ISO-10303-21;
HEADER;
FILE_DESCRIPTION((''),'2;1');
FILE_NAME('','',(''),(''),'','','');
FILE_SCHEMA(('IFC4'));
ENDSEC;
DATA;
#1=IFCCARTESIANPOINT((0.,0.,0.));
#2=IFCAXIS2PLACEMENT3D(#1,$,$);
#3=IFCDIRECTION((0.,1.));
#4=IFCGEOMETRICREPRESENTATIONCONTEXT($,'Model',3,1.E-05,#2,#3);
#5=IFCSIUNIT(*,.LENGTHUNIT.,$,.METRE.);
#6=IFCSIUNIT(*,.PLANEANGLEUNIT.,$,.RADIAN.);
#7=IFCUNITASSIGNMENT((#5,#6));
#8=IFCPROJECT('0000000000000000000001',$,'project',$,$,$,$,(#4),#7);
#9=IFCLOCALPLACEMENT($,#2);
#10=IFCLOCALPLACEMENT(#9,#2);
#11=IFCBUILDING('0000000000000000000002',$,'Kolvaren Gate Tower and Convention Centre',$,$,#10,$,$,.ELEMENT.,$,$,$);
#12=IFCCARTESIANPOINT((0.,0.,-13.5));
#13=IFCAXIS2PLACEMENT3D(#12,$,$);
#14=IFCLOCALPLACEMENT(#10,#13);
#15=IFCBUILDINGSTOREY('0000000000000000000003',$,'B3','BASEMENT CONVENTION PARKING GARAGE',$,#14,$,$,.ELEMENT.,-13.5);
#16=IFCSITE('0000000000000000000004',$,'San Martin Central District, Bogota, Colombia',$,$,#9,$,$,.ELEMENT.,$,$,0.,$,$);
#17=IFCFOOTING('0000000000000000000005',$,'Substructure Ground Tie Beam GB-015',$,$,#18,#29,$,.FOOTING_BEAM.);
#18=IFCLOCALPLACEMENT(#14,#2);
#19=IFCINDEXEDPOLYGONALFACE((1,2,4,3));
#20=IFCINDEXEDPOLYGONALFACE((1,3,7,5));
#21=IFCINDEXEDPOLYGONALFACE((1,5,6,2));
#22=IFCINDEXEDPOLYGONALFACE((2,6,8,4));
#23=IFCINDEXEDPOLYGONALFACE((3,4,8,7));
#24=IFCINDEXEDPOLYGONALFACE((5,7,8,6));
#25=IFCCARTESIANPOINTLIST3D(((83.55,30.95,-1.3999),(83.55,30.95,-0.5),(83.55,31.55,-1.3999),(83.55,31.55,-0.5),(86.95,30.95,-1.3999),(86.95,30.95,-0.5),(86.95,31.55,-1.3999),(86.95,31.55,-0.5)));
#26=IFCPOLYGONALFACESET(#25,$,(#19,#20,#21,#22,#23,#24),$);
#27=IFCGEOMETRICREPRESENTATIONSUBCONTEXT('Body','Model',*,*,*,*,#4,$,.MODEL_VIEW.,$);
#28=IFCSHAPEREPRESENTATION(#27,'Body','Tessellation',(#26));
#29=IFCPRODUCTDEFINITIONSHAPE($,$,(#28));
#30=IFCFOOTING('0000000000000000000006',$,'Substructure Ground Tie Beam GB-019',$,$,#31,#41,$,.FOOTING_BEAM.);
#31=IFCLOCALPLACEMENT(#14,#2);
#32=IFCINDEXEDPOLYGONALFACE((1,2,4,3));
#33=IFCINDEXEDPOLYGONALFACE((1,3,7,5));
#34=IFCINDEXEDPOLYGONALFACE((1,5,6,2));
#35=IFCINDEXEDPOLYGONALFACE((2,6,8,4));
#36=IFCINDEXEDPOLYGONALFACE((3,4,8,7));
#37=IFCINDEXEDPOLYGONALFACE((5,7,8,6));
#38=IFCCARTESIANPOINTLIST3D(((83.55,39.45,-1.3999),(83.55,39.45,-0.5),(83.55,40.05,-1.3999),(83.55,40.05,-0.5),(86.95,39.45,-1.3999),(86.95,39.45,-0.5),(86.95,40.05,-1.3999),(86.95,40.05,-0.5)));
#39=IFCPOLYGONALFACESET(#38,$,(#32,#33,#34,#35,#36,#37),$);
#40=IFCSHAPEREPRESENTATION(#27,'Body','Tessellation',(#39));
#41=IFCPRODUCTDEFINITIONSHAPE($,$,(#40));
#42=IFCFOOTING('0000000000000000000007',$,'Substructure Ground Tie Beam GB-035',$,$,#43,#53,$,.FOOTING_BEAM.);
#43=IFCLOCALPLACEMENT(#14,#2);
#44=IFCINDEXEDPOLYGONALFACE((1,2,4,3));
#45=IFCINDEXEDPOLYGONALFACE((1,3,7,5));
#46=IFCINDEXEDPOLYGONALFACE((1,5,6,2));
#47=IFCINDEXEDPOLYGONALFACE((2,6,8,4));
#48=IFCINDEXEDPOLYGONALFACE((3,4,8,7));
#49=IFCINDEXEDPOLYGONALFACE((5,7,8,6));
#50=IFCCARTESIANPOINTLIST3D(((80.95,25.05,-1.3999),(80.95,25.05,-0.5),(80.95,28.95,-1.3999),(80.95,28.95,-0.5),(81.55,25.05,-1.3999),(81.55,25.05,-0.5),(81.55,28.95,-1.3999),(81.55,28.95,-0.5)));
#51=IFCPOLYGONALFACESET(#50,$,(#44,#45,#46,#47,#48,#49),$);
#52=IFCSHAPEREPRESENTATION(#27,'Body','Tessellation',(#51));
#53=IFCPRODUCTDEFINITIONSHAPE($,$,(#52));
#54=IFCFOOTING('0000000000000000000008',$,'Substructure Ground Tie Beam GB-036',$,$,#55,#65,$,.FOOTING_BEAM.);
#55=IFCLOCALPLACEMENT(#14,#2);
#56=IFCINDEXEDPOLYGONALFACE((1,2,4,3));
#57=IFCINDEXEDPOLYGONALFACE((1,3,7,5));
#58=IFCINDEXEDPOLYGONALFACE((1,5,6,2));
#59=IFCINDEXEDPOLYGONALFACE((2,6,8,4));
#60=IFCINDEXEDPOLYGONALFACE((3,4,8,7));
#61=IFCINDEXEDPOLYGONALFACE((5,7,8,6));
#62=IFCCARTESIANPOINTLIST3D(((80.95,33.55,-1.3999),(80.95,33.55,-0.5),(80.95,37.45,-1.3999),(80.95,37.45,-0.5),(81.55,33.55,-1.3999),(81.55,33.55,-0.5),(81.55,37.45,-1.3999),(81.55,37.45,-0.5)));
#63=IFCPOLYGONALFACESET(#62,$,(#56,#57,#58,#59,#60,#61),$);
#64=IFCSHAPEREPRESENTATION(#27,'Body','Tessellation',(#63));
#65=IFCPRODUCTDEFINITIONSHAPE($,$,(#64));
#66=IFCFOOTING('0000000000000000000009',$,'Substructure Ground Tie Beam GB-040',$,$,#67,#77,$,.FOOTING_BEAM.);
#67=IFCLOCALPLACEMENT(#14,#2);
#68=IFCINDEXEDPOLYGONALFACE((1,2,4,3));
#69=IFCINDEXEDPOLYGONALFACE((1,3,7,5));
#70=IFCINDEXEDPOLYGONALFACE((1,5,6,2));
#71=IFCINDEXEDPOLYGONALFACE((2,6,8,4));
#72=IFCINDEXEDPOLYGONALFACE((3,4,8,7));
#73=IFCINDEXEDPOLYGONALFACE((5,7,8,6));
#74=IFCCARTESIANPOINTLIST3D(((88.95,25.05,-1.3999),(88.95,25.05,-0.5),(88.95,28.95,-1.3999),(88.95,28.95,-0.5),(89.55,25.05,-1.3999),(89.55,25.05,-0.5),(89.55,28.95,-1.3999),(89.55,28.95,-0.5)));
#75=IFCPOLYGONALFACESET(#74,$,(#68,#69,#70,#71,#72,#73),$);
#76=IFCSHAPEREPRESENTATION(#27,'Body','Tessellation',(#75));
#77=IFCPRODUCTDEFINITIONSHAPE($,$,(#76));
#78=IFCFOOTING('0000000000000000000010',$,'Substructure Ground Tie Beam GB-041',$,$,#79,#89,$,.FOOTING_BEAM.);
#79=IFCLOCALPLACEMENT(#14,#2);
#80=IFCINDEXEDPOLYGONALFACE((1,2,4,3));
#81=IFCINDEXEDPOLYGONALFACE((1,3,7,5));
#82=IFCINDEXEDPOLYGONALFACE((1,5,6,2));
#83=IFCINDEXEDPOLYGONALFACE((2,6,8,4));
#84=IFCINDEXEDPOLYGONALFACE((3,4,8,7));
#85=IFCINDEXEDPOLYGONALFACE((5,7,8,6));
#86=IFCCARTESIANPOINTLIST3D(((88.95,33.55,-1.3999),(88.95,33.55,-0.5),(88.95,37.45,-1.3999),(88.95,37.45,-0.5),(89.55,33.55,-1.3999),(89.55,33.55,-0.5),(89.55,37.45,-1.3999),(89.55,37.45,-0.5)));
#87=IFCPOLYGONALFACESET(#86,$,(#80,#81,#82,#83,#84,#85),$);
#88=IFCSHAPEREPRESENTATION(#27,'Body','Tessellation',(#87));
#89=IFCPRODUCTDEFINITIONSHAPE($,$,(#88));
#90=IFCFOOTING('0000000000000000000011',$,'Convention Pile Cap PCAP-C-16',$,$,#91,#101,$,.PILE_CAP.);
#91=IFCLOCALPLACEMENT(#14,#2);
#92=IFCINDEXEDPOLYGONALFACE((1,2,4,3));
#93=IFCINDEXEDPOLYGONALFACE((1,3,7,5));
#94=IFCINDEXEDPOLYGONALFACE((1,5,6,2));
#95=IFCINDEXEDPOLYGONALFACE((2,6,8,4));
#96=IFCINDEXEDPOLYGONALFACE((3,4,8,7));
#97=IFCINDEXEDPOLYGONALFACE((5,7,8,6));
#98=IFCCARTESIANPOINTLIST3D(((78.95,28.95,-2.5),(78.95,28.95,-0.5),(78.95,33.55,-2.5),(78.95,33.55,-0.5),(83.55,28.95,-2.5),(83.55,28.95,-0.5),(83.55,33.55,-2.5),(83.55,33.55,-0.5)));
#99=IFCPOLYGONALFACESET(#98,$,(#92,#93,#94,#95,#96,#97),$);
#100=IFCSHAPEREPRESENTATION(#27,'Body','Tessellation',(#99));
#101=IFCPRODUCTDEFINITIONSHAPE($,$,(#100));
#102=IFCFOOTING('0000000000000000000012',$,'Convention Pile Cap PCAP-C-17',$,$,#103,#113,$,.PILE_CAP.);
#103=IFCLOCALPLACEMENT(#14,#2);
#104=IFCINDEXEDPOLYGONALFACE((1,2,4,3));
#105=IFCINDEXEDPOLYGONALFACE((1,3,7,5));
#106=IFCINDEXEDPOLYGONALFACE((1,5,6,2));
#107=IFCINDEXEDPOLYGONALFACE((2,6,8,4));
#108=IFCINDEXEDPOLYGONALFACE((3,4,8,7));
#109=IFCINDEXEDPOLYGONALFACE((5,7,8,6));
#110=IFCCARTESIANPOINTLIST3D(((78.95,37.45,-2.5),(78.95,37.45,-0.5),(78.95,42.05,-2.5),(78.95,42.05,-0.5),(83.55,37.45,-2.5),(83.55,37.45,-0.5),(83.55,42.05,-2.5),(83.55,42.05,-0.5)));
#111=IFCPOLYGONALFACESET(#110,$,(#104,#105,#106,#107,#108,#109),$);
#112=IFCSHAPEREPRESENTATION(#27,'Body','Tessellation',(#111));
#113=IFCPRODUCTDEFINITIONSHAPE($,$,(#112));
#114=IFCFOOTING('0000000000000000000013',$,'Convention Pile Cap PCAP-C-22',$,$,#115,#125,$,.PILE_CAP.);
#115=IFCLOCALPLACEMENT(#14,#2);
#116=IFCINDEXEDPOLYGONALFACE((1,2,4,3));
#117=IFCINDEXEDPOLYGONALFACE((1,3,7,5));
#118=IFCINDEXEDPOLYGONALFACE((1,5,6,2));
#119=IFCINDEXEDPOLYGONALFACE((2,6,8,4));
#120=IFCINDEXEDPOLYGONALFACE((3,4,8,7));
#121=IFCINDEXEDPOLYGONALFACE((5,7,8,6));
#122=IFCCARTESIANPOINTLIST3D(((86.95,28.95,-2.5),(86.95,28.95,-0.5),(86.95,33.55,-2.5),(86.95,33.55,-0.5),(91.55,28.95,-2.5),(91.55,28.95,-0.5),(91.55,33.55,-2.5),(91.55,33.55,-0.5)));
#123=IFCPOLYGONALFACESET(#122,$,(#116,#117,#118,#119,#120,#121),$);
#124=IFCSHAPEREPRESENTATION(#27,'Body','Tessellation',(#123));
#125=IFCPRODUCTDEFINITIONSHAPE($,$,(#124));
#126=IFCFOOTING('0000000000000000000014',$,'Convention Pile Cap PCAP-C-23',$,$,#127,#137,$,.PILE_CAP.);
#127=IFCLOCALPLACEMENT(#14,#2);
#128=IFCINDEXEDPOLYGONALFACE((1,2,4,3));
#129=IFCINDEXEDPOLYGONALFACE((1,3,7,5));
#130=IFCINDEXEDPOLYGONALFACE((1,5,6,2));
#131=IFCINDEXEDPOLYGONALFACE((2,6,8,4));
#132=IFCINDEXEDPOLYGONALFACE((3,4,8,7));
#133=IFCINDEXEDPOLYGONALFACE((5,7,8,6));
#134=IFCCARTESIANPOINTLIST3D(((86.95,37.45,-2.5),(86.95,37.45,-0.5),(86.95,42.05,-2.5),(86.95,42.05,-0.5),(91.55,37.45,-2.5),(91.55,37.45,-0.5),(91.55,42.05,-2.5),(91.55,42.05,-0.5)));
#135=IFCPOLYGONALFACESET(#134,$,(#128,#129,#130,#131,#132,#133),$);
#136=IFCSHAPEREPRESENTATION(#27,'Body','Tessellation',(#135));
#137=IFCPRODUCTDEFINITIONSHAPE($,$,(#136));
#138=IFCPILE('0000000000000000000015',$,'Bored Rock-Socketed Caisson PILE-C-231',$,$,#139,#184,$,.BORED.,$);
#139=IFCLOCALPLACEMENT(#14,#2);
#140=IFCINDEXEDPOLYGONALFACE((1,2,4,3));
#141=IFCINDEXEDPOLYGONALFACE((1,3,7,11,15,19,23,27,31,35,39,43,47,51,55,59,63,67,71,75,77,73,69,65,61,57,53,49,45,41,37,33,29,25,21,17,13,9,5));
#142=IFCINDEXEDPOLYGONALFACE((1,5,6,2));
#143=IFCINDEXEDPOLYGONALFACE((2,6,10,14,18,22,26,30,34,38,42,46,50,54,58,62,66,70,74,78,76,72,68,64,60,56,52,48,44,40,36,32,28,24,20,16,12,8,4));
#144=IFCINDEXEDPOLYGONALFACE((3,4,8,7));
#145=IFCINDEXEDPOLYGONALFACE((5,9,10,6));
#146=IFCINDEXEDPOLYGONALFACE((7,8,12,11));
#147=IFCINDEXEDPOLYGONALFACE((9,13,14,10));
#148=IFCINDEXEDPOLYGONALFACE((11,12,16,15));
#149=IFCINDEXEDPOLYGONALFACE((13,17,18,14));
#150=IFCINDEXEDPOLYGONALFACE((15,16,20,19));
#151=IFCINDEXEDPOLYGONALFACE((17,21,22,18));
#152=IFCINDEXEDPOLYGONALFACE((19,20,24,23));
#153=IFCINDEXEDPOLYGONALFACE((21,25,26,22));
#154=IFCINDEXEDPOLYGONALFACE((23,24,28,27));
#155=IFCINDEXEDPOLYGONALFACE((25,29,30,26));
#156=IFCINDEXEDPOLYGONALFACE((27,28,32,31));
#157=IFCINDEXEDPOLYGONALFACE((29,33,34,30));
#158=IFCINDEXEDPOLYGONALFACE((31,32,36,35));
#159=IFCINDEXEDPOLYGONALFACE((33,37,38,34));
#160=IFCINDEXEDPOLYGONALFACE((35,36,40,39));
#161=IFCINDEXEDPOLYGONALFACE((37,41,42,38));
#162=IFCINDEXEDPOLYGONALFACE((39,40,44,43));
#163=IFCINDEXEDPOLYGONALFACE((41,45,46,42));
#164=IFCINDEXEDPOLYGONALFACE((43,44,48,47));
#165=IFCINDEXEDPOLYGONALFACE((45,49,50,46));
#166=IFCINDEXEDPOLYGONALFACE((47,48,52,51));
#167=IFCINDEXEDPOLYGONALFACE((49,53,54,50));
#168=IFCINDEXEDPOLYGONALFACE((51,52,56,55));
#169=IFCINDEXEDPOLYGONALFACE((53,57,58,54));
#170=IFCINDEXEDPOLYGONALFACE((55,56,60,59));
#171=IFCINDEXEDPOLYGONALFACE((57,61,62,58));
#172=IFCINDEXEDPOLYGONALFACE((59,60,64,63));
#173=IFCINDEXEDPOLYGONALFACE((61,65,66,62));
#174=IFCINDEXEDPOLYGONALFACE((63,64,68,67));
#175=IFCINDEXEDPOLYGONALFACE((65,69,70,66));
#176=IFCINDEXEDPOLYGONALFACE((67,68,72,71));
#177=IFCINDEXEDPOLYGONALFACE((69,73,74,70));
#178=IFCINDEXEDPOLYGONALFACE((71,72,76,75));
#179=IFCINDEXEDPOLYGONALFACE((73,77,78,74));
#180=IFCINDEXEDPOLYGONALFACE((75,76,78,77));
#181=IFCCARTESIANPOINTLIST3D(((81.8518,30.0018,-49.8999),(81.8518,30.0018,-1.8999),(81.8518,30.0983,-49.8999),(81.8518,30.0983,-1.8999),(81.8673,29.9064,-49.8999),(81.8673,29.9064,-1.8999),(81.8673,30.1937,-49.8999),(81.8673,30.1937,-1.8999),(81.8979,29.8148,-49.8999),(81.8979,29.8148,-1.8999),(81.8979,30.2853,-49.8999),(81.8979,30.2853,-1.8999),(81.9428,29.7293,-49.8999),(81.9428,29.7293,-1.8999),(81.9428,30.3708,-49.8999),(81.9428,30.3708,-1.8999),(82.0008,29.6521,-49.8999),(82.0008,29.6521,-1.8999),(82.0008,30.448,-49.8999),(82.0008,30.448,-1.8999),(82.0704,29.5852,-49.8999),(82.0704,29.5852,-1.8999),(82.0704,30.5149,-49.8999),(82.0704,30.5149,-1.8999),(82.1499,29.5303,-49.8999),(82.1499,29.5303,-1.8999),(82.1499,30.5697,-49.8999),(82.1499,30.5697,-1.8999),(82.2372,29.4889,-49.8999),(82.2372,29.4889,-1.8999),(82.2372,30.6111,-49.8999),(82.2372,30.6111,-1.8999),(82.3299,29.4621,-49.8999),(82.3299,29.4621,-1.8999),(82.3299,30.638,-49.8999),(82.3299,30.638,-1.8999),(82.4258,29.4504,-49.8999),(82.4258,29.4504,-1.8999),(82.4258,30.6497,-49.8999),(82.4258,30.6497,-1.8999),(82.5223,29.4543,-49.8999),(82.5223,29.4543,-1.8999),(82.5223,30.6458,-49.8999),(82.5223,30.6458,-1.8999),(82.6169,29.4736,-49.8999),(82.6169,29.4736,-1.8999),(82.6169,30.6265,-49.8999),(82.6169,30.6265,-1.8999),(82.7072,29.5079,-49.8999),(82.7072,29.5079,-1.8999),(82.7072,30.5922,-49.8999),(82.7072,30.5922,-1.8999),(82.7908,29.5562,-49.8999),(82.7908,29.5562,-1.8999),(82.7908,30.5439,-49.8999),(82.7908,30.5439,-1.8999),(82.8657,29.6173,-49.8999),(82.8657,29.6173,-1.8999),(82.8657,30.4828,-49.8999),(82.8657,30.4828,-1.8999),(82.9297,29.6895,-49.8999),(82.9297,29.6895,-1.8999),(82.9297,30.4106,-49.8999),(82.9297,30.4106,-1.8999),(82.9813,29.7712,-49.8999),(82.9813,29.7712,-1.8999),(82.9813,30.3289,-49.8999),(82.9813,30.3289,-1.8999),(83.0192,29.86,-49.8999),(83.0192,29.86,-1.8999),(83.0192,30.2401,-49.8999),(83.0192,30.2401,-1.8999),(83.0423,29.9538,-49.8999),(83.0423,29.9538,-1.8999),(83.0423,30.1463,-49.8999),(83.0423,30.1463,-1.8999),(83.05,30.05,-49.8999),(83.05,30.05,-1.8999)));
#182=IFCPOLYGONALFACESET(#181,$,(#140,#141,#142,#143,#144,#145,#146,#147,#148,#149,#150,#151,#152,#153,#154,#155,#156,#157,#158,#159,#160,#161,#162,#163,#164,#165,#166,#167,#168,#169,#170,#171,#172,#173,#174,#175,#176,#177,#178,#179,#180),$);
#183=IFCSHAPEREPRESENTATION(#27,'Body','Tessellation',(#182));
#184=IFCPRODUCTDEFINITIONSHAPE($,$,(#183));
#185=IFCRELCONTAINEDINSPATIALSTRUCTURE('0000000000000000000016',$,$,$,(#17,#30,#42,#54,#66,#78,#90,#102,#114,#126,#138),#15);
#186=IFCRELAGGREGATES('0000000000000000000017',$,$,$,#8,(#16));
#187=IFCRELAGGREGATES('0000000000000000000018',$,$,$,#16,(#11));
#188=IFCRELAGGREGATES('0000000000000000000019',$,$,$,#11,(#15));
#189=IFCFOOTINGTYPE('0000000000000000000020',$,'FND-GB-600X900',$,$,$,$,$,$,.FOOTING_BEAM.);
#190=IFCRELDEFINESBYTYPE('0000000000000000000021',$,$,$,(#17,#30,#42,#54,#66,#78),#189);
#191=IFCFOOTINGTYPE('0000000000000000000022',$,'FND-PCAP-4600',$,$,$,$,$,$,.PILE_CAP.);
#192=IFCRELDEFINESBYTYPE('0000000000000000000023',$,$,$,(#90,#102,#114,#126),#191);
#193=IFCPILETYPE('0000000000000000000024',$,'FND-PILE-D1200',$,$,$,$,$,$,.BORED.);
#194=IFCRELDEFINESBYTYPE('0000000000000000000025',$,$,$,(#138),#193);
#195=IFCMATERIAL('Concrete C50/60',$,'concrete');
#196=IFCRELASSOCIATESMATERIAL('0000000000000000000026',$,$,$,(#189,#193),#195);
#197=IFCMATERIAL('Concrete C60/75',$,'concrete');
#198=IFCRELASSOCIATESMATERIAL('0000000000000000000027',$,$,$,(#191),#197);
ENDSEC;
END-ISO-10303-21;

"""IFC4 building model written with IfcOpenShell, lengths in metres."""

from ifc_helpers import new_model, si_unit, direction, frame, origin, origin_2d, place, context, subcontext, project, spatial, rectangle, circle, extrude, material, material_profile, profile_set, type_object, element, save


model = new_model("IFC4")

# Units and contexts
model_context = context("Model", 3, precision=1e-05, world=origin(), true_north=direction((0.0, 1.0)))
body_context = subcontext(model_context, "Body", "Model", "MODEL_VIEW")
ifc_project = project(units=[si_unit("LENGTHUNIT", "METRE"), si_unit("PLANEANGLEUNIT", "RADIAN")], contexts=[model_context])

# Site, building, storey
site_placement = place(None, origin())
site = spatial("IfcSite", under=ifc_project, at=site_placement, Name="San Martin Central District, Bogota, Colombia", CompositionType="ELEMENT", RefElevation=0.0)
building_placement = place(site_placement, origin())
building = spatial("IfcBuilding", under=site, at=building_placement, Name="Kolvaren Gate Tower and Convention Centre", CompositionType="ELEMENT")
storey_placement = place(building_placement, frame((0.0, 0.0, -13.5)))
storey = spatial("IfcBuildingStorey", under=building, at=storey_placement, Name="B3", Description="BASEMENT CONVENTION PARKING GARAGE", CompositionType="ELEMENT", Elevation=-13.5)

# Footings
ifc_material_1 = material(Name="Concrete C50/60", Category="concrete")
ifc_material_profile_1 = material_profile(ifc_material_1, rectangle(XDim=0.6001, YDim=0.8999, at=origin_2d()), Name="RC-BM-600X900")
ifc_profile_set_1 = profile_set([ifc_material_profile_1], Name="Concrete C50/60")
footing_type_1 = type_object("IfcFootingType", Name="FND-GB-600X900", PredefinedType="FOOTING_BEAM", material=ifc_profile_set_1)
for number, where, z_axis, x_axis, name in (
    (1, (83.55, 31.25, -0.95), (1.0, 0.0, 0.0), (0.0, 1.0, 0.0), "Substructure Ground Tie Beam GB-015"),
    (2, (83.55, 39.75, -0.95), (1.0, 0.0, 0.0), (0.0, 1.0, 0.0), "Substructure Ground Tie Beam GB-019"),
):
    element("IfcFooting", number, at=place(storey_placement, frame(where, z_axis=z_axis, x_axis=x_axis)), inside=storey, type_object=footing_type_1, Name=name, PredefinedType="FOOTING_BEAM", context=body_context, shape_type="SweptSolid", body=[
        extrude(rectangle(XDim=0.6001, YDim=0.8999, at=origin_2d()), origin(), (0.0, 0.0, 1.0), 3.3999),
    ])
for number, where, z_axis, x_axis, name in (
    (3, (81.25, 25.05, -0.95), (0.0, 1.0, 0.0), (-1.0, 0.0, 0.0), "Substructure Ground Tie Beam GB-035"),
    (4, (81.25, 33.55, -0.95), (0.0, 1.0, 0.0), (-1.0, 0.0, 0.0), "Substructure Ground Tie Beam GB-036"),
    (5, (89.25, 25.05, -0.95), (0.0, 1.0, 0.0), (-1.0, 0.0, 0.0), "Substructure Ground Tie Beam GB-040"),
    (6, (89.25, 33.55, -0.95), (0.0, 1.0, 0.0), (-1.0, 0.0, 0.0), "Substructure Ground Tie Beam GB-041"),
):
    element("IfcFooting", number, at=place(storey_placement, frame(where, z_axis=z_axis, x_axis=x_axis)), inside=storey, type_object=footing_type_1, Name=name, PredefinedType="FOOTING_BEAM", context=body_context, shape_type="SweptSolid", body=[
        extrude(rectangle(XDim=0.6001, YDim=0.8999, at=origin_2d()), origin(), (0.0, 0.0, 1.0), 3.8999),
    ])
ifc_material_2 = material(Name="Concrete C60/75", Category="concrete")
footing_type_2 = type_object("IfcFootingType", Name="FND-PCAP-4600", PredefinedType="PILE_CAP", material=ifc_material_2)
for number, where, z_axis, x_axis, name in (
    (7, (81.25, 31.25, -2.5), (0.0, 0.0, 1.0), (1.0, 0.0, 0.0), "Convention Pile Cap PCAP-C-16"),
    (8, (81.25, 39.75, -2.5), (0.0, 0.0, 1.0), (1.0, 0.0, 0.0), "Convention Pile Cap PCAP-C-17"),
    (9, (89.25, 31.25, -2.5), (0.0, 0.0, 1.0), (1.0, 0.0, 0.0), "Convention Pile Cap PCAP-C-22"),
    (10, (89.25, 39.75, -2.5), (0.0, 0.0, 1.0), (1.0, 0.0, 0.0), "Convention Pile Cap PCAP-C-23"),
):
    element("IfcFooting", number, at=place(storey_placement, frame(where, z_axis=z_axis, x_axis=x_axis)), inside=storey, type_object=footing_type_2, Name=name, PredefinedType="PILE_CAP", context=body_context, shape_type="SweptSolid", body=[
        extrude(rectangle(XDim=4.6001, YDim=4.6001, at=origin_2d()), origin(), (0.0, 0.0, 1.0), 2.0),
    ])

# Pile
ifc_material_profile_2 = material_profile(ifc_material_1, circle(Radius=0.6001, at=origin_2d()), Name="CAISSON-D1200")
ifc_profile_set_2 = profile_set([ifc_material_profile_2], Name="Concrete C50/60")
pile_type = type_object("IfcPileType", Name="FND-PILE-D1200", PredefinedType="BORED", material=ifc_profile_set_2)
for number, where, z_axis, x_axis, name in (
    (11, (82.45, 30.05, -1.8999), (0.0, 0.0, -1.0), (1.0, 0.0, 0.0), "Bored Rock-Socketed Caisson PILE-C-231"),
):
    element("IfcPile", number, at=place(storey_placement, frame(where, z_axis=z_axis, x_axis=x_axis)), inside=storey, type_object=pile_type, Name=name, PredefinedType="BORED", context=body_context, shape_type="SweptSolid", body=[
        extrude(circle(Radius=0.6001, at=origin_2d()), origin(), (0.0, 0.0, 1.0), 48.0),
    ])

save(model, "model.ifc")
